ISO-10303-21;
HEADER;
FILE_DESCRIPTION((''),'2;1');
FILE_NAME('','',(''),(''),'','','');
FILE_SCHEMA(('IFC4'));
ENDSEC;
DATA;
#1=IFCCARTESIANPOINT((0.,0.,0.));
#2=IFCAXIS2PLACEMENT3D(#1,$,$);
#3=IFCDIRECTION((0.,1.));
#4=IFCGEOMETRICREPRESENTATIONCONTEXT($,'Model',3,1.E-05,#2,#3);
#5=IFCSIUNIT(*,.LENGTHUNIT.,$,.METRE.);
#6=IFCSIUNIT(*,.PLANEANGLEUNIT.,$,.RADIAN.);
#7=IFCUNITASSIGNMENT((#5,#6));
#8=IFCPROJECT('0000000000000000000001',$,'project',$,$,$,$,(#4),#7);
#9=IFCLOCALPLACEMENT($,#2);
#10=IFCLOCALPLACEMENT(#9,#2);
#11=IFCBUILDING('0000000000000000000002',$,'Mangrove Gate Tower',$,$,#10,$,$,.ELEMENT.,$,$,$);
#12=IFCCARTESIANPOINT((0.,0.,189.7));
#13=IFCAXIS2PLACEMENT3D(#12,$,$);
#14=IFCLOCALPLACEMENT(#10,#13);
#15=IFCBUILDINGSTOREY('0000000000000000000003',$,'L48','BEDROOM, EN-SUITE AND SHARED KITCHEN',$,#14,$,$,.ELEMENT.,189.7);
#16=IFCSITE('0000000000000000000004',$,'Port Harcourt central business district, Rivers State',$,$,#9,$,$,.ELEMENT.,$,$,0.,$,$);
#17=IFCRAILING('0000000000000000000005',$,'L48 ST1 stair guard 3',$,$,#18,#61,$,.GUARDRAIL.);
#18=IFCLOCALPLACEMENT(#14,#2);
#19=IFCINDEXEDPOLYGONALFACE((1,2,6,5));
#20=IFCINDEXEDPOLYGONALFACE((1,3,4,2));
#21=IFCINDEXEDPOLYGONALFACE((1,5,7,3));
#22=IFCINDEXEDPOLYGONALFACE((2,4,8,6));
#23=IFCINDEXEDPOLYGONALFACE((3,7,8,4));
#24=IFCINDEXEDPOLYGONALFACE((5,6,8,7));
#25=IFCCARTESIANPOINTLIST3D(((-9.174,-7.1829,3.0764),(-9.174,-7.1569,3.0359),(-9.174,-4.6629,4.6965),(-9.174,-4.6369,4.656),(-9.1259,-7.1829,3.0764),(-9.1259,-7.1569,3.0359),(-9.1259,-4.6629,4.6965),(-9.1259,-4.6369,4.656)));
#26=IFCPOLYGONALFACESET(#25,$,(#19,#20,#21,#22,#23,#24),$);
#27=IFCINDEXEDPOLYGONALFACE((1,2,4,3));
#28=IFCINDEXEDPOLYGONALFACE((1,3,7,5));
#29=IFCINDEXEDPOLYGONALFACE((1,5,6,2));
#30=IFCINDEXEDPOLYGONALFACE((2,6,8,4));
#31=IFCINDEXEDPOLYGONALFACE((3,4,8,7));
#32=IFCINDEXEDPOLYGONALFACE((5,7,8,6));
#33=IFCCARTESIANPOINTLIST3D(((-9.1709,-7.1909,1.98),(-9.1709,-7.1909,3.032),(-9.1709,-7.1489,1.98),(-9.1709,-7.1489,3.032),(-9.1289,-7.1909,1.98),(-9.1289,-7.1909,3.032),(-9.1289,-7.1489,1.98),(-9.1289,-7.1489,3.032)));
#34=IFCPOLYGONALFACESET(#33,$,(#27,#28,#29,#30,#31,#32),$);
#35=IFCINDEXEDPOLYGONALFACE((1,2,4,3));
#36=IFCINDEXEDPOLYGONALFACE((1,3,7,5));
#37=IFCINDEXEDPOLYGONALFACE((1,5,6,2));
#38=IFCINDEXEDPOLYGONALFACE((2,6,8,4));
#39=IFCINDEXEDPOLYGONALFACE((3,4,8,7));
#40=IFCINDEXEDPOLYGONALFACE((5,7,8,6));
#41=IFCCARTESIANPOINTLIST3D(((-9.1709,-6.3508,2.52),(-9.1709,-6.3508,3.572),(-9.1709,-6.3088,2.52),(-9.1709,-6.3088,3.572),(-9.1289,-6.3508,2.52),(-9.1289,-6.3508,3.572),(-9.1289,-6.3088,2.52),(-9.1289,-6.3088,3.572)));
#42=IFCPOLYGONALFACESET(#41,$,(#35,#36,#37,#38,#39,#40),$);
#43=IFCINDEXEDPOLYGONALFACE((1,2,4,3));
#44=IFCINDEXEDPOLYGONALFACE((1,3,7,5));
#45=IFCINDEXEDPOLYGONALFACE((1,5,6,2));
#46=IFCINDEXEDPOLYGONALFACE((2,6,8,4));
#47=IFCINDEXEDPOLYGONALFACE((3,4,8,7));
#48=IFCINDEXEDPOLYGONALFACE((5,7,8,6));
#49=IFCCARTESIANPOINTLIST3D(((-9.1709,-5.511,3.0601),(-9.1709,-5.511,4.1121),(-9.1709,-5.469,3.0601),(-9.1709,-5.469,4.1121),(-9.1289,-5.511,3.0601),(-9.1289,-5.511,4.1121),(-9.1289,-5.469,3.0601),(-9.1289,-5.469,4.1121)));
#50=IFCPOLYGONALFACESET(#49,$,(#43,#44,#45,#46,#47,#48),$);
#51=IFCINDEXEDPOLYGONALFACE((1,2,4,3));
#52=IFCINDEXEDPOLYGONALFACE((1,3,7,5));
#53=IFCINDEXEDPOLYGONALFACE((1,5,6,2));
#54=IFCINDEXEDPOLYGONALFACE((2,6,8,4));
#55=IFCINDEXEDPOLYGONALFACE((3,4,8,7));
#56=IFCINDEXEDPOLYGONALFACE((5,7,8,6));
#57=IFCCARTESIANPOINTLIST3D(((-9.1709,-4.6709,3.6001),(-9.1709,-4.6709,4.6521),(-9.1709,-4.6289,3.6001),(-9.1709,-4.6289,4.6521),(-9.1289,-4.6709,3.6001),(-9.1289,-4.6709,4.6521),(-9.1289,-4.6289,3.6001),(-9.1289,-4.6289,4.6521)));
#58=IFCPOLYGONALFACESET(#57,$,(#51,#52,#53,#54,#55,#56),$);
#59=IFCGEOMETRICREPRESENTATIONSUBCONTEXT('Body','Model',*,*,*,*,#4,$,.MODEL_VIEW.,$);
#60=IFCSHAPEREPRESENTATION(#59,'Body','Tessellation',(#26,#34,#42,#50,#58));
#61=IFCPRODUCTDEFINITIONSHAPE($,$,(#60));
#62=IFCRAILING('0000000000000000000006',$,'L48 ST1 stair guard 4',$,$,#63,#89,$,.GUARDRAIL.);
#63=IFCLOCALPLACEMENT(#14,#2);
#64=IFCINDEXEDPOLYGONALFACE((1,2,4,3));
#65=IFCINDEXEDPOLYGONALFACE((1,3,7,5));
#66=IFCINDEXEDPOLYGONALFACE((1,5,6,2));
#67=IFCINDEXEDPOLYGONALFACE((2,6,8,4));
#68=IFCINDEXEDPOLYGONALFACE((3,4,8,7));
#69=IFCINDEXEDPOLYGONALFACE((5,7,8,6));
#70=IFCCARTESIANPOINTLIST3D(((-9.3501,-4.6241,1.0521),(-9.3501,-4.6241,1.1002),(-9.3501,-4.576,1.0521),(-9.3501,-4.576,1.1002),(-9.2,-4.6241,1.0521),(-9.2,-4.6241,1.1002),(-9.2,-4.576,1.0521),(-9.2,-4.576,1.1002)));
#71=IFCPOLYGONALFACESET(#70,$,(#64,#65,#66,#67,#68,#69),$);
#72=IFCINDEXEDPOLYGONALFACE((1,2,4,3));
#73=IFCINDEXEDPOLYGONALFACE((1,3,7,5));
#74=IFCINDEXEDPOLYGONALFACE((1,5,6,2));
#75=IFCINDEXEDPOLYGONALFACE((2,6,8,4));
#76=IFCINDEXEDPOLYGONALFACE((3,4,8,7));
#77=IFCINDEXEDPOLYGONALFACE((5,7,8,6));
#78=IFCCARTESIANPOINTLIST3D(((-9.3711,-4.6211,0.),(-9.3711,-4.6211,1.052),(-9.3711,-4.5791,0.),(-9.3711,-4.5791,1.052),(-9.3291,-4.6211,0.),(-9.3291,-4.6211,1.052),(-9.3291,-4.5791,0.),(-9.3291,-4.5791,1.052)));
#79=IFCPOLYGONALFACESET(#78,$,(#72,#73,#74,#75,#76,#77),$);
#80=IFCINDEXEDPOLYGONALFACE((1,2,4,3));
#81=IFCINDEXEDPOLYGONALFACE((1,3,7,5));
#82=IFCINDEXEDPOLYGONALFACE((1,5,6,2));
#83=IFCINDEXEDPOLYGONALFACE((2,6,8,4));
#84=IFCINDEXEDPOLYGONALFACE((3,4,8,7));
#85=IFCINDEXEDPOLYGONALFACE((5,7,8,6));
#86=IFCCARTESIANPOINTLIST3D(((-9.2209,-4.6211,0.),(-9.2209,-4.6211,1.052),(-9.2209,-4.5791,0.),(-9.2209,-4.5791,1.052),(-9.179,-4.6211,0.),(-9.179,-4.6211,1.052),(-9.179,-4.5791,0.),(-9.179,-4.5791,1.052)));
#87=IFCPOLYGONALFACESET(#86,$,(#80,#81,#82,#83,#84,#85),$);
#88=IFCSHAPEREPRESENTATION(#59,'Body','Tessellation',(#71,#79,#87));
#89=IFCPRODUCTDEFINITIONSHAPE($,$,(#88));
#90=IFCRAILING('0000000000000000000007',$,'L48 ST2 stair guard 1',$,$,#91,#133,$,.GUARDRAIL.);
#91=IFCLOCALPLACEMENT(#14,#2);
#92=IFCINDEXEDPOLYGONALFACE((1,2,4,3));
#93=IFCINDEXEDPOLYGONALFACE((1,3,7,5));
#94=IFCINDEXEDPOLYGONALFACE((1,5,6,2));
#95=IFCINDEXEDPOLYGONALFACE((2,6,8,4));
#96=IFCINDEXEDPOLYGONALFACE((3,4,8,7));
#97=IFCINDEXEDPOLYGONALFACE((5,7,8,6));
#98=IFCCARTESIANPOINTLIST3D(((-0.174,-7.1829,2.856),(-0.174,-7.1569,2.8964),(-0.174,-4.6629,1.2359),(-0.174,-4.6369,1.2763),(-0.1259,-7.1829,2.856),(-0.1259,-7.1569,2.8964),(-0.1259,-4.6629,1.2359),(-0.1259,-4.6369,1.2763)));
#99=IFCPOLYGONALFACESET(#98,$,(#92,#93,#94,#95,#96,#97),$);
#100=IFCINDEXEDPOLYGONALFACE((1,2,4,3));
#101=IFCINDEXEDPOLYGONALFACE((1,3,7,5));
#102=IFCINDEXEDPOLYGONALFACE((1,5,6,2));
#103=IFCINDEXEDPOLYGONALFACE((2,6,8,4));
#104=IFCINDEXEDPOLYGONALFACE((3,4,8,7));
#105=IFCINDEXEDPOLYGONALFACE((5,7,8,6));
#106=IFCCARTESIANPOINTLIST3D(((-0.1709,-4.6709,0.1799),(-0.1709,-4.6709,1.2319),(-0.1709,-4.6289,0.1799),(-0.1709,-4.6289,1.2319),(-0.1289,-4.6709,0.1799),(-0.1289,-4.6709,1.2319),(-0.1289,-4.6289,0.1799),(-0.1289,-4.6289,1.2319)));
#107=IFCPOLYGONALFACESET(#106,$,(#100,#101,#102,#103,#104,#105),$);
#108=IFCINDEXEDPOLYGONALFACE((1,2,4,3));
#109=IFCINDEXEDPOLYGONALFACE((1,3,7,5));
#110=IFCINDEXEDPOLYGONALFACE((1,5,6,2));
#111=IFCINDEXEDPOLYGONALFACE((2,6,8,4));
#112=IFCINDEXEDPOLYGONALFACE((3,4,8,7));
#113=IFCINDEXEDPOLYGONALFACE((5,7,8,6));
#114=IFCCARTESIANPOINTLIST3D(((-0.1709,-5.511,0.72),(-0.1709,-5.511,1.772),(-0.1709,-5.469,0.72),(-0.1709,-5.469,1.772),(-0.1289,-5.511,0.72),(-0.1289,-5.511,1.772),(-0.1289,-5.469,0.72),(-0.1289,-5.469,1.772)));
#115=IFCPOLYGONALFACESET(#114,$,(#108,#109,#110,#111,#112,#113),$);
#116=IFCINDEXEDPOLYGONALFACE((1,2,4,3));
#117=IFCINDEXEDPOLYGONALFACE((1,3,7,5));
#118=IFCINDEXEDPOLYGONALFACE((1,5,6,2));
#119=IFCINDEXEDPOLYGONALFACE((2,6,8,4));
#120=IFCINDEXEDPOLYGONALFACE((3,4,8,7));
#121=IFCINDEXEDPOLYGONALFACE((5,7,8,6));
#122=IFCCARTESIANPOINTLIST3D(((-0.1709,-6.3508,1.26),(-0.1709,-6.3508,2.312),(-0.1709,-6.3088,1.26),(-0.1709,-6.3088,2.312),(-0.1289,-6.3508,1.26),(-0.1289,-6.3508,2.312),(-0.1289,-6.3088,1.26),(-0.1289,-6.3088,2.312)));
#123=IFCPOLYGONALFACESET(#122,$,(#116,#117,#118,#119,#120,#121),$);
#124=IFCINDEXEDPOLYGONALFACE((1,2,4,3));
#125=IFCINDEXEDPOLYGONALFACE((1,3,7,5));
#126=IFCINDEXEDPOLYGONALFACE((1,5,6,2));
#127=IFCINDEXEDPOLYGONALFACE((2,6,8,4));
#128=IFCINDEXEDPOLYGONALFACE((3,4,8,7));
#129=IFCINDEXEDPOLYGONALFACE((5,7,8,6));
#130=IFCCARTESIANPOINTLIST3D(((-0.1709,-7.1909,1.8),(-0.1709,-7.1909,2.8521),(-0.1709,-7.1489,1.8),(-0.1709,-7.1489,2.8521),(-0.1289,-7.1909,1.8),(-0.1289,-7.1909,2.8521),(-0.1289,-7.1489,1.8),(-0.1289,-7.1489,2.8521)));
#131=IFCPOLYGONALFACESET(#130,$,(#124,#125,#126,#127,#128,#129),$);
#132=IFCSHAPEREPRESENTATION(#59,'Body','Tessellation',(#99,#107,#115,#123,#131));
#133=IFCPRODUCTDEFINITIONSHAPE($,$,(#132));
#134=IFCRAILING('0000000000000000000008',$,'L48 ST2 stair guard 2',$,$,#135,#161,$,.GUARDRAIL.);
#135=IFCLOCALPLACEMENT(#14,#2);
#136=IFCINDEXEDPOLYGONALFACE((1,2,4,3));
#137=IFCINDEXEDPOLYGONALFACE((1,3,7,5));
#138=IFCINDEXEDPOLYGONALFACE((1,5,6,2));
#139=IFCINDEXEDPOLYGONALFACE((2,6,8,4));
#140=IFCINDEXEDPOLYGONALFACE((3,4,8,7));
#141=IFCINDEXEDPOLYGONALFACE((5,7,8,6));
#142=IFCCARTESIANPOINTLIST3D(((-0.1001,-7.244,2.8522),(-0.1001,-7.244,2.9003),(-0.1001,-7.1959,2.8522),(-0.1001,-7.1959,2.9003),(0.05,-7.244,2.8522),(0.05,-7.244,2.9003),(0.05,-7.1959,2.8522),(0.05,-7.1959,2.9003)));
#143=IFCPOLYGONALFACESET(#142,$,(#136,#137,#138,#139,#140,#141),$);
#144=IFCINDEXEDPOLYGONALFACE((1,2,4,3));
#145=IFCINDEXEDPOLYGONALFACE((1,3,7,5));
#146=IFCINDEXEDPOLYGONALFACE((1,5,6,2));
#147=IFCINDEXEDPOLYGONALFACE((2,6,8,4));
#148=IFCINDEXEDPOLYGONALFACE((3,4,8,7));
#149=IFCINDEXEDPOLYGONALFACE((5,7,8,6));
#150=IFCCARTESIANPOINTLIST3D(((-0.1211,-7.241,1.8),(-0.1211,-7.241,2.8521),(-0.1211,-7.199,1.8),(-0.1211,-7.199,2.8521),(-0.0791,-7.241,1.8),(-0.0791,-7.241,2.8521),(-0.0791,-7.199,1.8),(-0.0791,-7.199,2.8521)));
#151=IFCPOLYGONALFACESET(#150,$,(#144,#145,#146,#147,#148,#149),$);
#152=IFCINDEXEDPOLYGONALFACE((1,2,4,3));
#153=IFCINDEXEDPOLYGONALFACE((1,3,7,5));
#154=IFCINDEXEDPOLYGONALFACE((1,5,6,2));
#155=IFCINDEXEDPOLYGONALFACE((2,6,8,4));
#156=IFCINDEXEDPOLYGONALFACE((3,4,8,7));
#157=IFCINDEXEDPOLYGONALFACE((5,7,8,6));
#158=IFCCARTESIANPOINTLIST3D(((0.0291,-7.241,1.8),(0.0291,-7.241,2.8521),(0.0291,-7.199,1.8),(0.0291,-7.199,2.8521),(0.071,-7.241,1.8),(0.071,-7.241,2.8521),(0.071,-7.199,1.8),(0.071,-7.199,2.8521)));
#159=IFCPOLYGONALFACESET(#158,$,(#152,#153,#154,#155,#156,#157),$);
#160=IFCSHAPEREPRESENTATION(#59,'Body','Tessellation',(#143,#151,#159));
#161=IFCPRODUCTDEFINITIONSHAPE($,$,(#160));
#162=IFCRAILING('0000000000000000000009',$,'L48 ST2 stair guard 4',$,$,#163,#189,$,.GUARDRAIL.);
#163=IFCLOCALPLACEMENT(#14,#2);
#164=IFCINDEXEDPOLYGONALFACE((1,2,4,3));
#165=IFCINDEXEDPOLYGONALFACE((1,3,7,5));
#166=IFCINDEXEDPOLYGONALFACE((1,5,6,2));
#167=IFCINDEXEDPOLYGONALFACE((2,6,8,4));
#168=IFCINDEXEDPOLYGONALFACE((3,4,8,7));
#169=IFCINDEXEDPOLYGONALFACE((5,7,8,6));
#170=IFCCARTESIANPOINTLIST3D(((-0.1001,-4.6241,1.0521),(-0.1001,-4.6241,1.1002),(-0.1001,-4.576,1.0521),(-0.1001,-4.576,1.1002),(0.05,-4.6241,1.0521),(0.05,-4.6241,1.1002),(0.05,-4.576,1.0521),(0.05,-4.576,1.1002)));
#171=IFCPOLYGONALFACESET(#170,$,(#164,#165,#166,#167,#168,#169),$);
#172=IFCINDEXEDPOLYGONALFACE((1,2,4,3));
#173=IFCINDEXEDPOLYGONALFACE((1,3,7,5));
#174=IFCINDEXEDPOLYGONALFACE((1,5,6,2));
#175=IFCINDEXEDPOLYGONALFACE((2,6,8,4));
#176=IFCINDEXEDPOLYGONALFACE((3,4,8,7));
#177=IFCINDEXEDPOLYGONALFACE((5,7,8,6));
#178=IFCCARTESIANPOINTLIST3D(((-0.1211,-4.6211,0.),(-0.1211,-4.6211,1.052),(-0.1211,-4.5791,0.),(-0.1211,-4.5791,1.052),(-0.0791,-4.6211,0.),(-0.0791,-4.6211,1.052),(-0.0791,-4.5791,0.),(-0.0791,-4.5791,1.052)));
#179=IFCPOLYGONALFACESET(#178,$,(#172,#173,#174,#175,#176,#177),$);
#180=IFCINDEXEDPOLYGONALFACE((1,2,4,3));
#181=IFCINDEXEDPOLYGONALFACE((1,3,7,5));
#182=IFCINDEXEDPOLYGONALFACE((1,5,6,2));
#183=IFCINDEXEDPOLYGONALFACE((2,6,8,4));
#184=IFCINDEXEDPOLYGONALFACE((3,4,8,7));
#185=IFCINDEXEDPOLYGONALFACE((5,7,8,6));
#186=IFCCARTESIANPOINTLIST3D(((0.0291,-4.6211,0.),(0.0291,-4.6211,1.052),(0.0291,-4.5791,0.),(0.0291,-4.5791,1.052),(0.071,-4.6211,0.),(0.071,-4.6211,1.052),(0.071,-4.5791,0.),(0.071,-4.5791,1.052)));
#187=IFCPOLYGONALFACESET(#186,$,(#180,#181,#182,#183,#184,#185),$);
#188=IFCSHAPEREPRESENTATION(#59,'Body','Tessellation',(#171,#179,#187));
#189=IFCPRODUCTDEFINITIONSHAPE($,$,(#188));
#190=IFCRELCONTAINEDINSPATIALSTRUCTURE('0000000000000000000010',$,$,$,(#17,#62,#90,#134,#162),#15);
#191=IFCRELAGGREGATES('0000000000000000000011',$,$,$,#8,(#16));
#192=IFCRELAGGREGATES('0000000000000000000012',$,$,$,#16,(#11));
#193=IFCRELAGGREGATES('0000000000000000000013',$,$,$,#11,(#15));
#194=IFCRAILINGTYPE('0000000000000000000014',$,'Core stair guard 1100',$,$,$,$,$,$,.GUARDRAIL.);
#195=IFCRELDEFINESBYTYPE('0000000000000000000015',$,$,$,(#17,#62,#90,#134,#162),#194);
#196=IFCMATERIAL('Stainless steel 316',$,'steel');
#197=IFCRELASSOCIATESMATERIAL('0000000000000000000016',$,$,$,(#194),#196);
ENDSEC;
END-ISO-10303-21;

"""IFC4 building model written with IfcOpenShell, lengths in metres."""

from ifc_helpers import new_model, si_unit, direction, frame, origin, origin_2d, place, context, subcontext, project, spatial, rectangle, extrude, material, type_object, element, save


model = new_model("IFC4")

# Units and contexts
model_context = context("Model", 3, precision=1e-05, world=origin(), true_north=direction((0.0, 1.0)))
body_context = subcontext(model_context, "Body", "Model", "MODEL_VIEW")
ifc_project = project(units=[si_unit("LENGTHUNIT", "METRE"), si_unit("PLANEANGLEUNIT", "RADIAN")], contexts=[model_context])

# Site, building, storey
site_placement = place(None, origin())
site = spatial("IfcSite", under=ifc_project, at=site_placement, Name="Port Harcourt central business district, Rivers State", CompositionType="ELEMENT", RefElevation=0.0)
building_placement = place(site_placement, origin())
building = spatial("IfcBuilding", under=site, at=building_placement, Name="Mangrove Gate Tower", CompositionType="ELEMENT")
storey_placement = place(building_placement, frame((0.0, 0.0, 189.7)))
storey = spatial("IfcBuildingStorey", under=building, at=storey_placement, Name="L48", Description="BEDROOM, EN-SUITE AND SHARED KITCHEN", CompositionType="ELEMENT", Elevation=189.7)

# Railings
ifc_material_1 = material(Name="Stainless steel 316", Category="steel")
railing_type_1 = type_object("IfcRailingType", Name="Core stair guard 1100", PredefinedType="GUARDRAIL", material=ifc_material_1)
railing_1_placement = place(storey_placement, frame((-9.1499, -7.1699, 1.98)))
element("IfcRailing", 1, at=railing_1_placement, inside=storey, type_object=railing_type_1, Name="L48 ST1 stair guard 3", PredefinedType="GUARDRAIL", context=body_context, shape_type="SweptSolid", body=[
    extrude(rectangle(XDim=0.0481, YDim=0.0481, at=origin_2d()), frame((0.0, 0.0, 1.0762), z_axis=(0.0, 0.841163, 0.540782), x_axis=(-1.0, 0.0, 0.0)), (0.0, 0.0, 1.0), 2.9958),
    extrude(rectangle(XDim=0.042, YDim=0.042, at=origin_2d()), origin(), (0.0, 0.0, 1.0), 1.052),
    extrude(rectangle(XDim=0.042, YDim=0.042, at=origin_2d()), frame((0.0, 0.8401, 0.54)), (0.0, 0.0, 1.0), 1.052),
    extrude(rectangle(XDim=0.042, YDim=0.042, at=origin_2d()), frame((0.0, 1.6799, 1.0801)), (0.0, 0.0, 1.0), 1.052),
    extrude(rectangle(XDim=0.042, YDim=0.042, at=origin_2d()), frame((0.0, 2.52, 1.6201)), (0.0, 0.0, 1.0), 1.052),
])
railing_2_placement = place(storey_placement, frame((-9.3501, -4.6001, 0.0)))
element("IfcRailing", 2, at=railing_2_placement, inside=storey, type_object=railing_type_1, Name="L48 ST1 stair guard 4", PredefinedType="GUARDRAIL", context=body_context, shape_type="SweptSolid", body=[
    extrude(rectangle(XDim=0.0481, YDim=0.0481, at=origin_2d()), frame((0.0, 0.0, 1.0762), z_axis=(1.0, 0.0, 0.0), x_axis=(0.0, 1.0, 0.0)), (0.0, 0.0, 1.0), 0.1501),
    extrude(rectangle(XDim=0.042, YDim=0.042, at=origin_2d()), origin(), (0.0, 0.0, 1.0), 1.052),
    extrude(rectangle(XDim=0.042, YDim=0.042, at=origin_2d()), frame((0.1501, 0.0, 0.0)), (0.0, 0.0, 1.0), 1.052),
])
railing_3_placement = place(storey_placement, frame((-0.1499, -4.6499, 0.1799)))
element("IfcRailing", 3, at=railing_3_placement, inside=storey, type_object=railing_type_1, Name="L48 ST2 stair guard 1", PredefinedType="GUARDRAIL", context=body_context, shape_type="SweptSolid", body=[
    extrude(rectangle(XDim=0.0481, YDim=0.0481, at=origin_2d()), frame((0.0, 0.0, 1.0762), z_axis=(0.0, -0.841163, 0.540782), x_axis=(1.0, 0.0, 0.0)), (0.0, 0.0, 1.0), 2.9958),
    extrude(rectangle(XDim=0.042, YDim=0.042, at=origin_2d()), origin(), (0.0, 0.0, 1.0), 1.052),
    extrude(rectangle(XDim=0.042, YDim=0.042, at=origin_2d()), frame((0.0, -0.8401, 0.54)), (0.0, 0.0, 1.0), 1.052),
    extrude(rectangle(XDim=0.042, YDim=0.042, at=origin_2d()), frame((0.0, -1.6799, 1.0801)), (0.0, 0.0, 1.0), 1.052),
    extrude(rectangle(XDim=0.042, YDim=0.042, at=origin_2d()), frame((0.0, -2.52, 1.6201)), (0.0, 0.0, 1.0), 1.052),
])
for number, where, name in (
    (4, (-0.1001, -7.22, 1.8), "L48 ST2 stair guard 2"),
    (5, (-0.1001, -4.6001, 0.0), "L48 ST2 stair guard 4"),
):
    element("IfcRailing", number, at=place(storey_placement, frame(where)), inside=storey, type_object=railing_type_1, Name=name, PredefinedType="GUARDRAIL", context=body_context, shape_type="SweptSolid", body=[
        extrude(rectangle(XDim=0.0481, YDim=0.0481, at=origin_2d()), frame((0.0, 0.0, 1.0762), z_axis=(1.0, 0.0, 0.0), x_axis=(0.0, 1.0, 0.0)), (0.0, 0.0, 1.0), 0.1501),
        extrude(rectangle(XDim=0.042, YDim=0.042, at=origin_2d()), origin(), (0.0, 0.0, 1.0), 1.052),
        extrude(rectangle(XDim=0.042, YDim=0.042, at=origin_2d()), frame((0.1501, 0.0, 0.0)), (0.0, 0.0, 1.0), 1.052),
    ])

save(model, "model.ifc")
